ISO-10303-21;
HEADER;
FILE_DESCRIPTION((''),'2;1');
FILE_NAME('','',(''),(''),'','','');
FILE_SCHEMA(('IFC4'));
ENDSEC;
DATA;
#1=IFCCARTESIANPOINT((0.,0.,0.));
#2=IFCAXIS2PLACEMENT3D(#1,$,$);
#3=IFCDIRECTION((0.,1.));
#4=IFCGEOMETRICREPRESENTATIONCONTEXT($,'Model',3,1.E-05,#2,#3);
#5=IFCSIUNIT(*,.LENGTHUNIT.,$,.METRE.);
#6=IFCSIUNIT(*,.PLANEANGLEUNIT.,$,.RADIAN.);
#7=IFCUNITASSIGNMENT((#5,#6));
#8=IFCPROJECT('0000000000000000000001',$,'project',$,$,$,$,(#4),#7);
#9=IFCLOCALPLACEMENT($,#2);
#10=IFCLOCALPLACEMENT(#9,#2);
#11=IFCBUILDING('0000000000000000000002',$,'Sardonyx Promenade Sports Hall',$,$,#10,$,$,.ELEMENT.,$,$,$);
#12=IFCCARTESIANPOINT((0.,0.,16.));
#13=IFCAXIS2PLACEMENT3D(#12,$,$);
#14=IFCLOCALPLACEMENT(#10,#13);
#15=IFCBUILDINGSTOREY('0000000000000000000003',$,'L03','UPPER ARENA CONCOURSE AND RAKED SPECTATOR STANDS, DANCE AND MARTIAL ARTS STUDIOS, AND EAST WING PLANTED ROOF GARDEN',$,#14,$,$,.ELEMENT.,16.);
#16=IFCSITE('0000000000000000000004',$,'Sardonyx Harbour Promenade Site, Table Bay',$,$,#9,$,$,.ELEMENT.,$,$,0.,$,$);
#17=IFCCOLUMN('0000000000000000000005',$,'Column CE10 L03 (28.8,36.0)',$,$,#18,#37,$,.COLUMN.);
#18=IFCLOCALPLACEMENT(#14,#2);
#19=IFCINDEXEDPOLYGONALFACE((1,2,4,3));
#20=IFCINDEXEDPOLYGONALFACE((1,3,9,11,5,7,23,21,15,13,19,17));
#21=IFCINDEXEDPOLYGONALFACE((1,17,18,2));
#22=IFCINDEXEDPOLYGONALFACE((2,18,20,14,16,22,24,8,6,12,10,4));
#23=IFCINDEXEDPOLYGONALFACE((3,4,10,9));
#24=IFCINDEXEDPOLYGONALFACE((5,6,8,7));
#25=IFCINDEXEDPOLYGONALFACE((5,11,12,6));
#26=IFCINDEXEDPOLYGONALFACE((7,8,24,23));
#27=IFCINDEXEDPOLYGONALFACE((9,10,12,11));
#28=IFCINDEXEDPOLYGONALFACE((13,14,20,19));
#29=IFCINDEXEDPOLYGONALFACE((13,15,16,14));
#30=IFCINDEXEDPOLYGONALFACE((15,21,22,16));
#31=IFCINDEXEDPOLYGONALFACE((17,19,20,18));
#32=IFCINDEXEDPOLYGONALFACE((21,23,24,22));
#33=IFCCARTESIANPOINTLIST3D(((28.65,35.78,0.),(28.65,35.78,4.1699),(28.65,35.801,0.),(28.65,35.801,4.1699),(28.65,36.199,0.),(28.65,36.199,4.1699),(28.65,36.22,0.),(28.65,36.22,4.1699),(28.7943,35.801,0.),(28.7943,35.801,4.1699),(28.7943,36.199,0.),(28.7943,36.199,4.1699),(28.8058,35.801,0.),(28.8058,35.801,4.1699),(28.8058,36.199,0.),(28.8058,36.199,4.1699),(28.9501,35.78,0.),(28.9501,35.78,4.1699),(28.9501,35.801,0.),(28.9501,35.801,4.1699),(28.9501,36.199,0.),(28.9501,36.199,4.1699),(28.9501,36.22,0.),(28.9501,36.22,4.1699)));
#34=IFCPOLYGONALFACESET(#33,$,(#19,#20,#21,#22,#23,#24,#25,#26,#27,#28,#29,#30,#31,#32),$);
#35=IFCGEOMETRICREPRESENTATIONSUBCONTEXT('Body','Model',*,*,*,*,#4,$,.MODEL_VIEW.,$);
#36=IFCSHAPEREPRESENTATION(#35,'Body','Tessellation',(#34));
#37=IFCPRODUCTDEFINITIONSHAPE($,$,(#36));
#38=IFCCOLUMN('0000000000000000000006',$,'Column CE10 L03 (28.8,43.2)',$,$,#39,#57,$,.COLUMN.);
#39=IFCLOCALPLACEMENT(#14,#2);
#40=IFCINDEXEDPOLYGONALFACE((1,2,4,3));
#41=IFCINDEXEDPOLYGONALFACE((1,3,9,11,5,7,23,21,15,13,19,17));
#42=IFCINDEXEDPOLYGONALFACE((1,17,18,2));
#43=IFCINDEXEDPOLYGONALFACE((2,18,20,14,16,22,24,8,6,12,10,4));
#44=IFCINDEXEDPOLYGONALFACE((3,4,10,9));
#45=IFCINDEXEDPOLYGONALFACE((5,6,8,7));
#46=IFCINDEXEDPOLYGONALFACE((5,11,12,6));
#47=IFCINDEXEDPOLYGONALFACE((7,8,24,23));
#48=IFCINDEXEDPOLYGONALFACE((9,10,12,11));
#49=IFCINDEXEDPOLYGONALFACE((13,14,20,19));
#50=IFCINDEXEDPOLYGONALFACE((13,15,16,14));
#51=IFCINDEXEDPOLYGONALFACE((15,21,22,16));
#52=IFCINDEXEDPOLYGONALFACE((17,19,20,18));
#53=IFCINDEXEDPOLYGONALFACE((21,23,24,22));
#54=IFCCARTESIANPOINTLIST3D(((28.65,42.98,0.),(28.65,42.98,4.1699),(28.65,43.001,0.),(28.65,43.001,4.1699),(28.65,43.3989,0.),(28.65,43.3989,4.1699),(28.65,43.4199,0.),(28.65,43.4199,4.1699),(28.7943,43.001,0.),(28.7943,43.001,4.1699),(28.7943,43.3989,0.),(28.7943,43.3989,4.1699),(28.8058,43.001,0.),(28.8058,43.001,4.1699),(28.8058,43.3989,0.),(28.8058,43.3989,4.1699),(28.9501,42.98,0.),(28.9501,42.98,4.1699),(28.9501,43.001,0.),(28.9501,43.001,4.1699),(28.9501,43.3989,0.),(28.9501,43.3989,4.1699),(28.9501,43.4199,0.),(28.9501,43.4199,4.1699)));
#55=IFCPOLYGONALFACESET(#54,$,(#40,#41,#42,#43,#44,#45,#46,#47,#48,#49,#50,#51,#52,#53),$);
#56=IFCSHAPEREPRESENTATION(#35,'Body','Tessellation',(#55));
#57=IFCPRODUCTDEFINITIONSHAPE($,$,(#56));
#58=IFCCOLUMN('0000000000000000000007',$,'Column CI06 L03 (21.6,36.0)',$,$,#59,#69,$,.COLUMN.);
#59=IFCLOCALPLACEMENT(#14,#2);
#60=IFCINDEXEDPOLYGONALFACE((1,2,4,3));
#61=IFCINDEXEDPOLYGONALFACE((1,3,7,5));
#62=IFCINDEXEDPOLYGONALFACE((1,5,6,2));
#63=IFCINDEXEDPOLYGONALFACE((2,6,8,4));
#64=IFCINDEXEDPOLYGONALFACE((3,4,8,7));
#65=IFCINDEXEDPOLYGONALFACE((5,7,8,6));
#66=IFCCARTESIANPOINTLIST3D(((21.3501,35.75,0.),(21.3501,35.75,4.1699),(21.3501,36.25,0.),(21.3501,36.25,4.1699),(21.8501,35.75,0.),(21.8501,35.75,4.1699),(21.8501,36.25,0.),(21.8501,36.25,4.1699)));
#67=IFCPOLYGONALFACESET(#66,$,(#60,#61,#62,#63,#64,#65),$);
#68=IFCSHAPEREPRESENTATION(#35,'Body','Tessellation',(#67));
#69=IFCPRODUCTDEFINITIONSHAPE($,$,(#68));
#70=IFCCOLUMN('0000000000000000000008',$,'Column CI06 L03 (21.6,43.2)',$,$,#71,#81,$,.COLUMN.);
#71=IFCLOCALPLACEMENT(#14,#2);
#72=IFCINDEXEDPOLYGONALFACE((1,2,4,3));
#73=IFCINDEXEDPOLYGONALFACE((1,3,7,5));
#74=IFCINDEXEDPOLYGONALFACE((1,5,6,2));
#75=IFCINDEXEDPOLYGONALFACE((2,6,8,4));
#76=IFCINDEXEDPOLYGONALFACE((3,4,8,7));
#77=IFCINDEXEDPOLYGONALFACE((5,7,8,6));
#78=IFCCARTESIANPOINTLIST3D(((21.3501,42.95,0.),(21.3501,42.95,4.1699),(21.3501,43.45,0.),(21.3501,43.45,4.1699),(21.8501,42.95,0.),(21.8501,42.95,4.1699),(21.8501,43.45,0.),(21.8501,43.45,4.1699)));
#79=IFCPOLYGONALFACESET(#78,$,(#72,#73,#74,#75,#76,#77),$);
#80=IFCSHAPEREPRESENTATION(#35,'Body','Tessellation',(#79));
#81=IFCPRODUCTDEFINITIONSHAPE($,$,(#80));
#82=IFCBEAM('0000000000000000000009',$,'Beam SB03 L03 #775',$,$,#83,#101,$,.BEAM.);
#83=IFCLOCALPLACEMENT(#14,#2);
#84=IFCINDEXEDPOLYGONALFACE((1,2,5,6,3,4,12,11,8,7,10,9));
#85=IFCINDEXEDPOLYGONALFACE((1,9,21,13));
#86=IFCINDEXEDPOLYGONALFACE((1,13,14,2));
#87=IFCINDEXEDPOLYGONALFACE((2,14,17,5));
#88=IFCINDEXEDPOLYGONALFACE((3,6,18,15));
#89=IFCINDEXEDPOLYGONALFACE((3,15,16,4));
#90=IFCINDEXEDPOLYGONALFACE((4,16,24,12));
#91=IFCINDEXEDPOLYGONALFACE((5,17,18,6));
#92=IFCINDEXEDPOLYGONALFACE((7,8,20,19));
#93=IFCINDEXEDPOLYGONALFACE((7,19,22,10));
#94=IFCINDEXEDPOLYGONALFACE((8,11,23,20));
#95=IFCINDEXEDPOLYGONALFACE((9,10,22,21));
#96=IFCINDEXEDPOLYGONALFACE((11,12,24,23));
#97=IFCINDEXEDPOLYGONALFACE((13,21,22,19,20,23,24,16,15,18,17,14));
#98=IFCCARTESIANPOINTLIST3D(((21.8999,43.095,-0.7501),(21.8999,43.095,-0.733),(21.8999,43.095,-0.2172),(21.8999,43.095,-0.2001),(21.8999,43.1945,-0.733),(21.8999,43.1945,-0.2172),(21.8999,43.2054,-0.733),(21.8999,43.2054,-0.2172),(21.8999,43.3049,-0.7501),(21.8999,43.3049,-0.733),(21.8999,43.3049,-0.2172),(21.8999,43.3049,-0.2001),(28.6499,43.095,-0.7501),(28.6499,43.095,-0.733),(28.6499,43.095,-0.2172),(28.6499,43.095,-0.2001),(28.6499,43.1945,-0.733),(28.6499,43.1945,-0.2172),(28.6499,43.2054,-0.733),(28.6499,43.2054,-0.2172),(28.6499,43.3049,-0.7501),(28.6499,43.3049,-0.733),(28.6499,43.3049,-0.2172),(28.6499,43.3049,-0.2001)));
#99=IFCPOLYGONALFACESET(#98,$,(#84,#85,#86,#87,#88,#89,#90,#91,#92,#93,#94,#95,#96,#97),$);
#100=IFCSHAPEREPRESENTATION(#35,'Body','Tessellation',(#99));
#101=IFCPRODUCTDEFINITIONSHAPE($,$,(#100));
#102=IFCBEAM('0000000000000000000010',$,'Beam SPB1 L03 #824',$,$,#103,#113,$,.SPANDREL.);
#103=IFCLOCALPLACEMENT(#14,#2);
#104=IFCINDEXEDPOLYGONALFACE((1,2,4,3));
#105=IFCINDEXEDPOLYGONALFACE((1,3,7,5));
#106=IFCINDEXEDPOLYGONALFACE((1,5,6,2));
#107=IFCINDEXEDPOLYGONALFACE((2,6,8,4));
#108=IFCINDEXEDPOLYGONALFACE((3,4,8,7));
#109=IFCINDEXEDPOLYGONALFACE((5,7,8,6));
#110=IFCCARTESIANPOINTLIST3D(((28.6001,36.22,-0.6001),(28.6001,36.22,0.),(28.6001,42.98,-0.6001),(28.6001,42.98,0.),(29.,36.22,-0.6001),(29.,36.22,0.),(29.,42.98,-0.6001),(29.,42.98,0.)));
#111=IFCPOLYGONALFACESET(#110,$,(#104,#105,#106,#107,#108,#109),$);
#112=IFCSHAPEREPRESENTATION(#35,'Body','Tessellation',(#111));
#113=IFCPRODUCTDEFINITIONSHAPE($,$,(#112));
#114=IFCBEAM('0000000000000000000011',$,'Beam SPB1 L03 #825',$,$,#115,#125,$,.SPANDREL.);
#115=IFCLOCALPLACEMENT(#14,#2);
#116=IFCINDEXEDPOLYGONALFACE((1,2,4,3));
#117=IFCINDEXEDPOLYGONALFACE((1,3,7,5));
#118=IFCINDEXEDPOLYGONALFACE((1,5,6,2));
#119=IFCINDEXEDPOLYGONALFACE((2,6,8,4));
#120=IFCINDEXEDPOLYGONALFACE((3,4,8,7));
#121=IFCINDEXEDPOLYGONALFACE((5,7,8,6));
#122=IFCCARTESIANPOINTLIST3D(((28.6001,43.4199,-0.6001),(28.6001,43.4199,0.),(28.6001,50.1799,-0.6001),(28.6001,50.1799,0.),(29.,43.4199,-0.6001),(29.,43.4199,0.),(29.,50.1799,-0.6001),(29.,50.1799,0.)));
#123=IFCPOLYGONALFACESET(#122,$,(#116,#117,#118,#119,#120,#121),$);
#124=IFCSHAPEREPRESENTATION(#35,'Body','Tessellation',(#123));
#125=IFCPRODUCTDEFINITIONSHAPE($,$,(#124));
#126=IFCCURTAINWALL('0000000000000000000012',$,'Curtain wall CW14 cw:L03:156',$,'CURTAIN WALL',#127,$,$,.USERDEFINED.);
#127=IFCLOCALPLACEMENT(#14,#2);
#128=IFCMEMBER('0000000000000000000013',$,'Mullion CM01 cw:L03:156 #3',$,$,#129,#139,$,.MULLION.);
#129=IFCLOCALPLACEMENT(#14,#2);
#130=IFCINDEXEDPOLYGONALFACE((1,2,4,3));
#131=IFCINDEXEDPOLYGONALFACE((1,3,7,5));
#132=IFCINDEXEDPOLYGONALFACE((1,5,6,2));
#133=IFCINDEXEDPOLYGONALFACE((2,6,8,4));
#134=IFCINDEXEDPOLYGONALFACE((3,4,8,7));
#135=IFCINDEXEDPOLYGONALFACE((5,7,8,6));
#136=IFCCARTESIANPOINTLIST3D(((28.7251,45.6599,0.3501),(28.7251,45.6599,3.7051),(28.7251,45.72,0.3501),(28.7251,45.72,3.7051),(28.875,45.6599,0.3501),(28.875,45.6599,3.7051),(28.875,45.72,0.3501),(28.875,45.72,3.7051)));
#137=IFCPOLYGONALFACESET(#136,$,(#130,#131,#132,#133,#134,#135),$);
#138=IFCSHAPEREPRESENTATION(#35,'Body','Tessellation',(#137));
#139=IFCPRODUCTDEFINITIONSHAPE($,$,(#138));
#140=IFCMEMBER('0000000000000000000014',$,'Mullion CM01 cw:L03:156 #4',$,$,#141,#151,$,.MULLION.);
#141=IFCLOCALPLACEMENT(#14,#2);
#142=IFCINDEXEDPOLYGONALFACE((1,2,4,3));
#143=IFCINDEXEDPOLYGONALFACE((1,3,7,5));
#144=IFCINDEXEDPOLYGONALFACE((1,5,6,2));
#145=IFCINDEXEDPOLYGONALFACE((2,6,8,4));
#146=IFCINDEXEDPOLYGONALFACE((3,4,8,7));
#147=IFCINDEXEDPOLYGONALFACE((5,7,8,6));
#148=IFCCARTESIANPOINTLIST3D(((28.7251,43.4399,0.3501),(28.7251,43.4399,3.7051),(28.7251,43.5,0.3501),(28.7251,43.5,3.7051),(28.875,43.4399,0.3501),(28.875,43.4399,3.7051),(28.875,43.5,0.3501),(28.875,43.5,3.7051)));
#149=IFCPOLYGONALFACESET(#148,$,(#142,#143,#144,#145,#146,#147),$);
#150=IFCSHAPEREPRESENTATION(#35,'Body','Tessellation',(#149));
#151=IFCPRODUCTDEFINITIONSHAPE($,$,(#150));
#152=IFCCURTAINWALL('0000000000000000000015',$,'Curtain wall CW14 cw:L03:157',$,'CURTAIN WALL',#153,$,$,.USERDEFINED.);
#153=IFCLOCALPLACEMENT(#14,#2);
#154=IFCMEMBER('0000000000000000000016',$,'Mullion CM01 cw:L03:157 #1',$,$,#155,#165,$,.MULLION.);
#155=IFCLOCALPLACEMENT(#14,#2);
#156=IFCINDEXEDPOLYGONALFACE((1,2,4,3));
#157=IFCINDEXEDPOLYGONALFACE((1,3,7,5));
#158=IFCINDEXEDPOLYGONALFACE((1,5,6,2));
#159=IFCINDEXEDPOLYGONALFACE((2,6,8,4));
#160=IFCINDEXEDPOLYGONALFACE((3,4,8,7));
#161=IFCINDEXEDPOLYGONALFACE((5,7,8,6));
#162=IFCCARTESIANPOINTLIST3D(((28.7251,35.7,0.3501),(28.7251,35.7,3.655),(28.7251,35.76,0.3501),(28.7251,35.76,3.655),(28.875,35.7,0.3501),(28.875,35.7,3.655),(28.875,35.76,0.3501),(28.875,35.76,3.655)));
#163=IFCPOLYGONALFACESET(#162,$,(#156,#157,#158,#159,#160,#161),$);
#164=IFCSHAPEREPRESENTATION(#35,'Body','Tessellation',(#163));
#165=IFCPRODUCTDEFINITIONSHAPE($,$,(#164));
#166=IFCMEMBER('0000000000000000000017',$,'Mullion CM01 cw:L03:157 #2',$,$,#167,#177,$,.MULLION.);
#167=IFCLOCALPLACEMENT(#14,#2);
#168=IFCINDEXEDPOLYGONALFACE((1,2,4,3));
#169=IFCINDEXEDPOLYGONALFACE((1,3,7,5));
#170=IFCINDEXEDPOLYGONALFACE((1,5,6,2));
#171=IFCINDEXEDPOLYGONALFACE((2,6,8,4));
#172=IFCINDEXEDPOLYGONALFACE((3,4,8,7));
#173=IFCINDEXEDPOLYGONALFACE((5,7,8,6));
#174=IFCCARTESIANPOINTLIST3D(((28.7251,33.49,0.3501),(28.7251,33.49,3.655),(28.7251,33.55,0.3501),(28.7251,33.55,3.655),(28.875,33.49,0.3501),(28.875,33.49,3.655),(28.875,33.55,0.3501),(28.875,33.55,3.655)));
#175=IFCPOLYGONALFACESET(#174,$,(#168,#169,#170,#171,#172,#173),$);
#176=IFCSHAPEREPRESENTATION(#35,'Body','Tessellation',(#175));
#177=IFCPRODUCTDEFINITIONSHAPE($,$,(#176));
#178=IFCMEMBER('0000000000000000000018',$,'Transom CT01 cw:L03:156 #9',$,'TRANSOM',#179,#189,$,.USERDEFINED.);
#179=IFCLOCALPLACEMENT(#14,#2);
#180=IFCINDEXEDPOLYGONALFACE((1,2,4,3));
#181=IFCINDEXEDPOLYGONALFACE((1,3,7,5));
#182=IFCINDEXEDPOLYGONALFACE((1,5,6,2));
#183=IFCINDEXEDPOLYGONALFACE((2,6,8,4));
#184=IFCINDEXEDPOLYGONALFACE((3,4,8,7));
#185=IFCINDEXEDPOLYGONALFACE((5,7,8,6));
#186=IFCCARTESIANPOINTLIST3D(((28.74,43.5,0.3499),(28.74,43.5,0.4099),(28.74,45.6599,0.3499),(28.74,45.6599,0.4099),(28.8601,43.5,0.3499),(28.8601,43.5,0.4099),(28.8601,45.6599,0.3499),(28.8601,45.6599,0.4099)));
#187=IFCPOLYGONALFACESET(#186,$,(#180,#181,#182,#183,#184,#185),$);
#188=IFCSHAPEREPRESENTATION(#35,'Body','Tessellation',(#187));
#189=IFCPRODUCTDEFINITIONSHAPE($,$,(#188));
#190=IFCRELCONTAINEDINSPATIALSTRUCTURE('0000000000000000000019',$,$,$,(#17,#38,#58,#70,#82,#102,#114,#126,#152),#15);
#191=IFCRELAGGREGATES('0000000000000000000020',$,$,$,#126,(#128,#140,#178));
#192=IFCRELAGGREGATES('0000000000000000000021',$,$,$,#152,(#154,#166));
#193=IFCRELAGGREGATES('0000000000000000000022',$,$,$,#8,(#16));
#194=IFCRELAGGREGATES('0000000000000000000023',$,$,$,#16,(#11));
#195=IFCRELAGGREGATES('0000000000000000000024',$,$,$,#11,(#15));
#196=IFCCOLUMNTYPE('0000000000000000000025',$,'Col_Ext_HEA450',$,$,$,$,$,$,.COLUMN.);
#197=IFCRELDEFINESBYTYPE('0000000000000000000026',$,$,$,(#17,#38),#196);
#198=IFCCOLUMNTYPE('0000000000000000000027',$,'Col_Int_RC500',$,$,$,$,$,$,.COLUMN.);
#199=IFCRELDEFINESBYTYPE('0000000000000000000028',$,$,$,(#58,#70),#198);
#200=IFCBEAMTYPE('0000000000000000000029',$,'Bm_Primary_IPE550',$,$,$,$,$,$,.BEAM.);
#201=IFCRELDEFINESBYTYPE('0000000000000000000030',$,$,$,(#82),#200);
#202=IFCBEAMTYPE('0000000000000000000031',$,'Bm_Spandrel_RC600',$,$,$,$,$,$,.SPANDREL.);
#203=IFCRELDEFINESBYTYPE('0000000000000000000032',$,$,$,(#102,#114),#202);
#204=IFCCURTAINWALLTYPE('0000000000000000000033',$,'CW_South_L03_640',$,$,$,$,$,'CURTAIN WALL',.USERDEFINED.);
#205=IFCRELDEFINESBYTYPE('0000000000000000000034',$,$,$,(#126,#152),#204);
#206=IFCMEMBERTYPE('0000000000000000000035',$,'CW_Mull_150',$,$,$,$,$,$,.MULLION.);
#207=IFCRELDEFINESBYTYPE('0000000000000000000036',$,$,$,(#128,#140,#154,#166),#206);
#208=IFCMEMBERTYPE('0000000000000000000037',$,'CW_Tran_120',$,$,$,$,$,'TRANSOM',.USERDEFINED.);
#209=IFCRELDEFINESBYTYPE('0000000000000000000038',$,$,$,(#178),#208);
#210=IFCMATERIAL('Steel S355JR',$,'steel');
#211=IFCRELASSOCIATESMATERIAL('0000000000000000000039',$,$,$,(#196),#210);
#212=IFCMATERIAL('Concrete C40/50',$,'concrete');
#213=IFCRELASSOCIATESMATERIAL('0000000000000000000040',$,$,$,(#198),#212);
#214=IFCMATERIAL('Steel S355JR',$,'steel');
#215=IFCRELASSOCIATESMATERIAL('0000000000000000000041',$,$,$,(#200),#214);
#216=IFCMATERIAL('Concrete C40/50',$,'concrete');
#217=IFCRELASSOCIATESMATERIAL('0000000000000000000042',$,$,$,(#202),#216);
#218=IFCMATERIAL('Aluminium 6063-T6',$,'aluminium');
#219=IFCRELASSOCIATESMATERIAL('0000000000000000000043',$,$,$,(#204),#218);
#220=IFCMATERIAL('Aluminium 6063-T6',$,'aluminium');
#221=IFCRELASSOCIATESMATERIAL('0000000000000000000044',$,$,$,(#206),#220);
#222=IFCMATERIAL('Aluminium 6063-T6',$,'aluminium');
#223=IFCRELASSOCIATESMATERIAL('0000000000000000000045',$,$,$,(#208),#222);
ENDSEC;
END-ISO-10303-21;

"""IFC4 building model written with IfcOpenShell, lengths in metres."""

from ifc_helpers import new_model, si_unit, direction, frame, origin, origin_2d, place, context, subcontext, project, spatial, rectangle, i_section, extrude, material, material_profile, profile_set, type_object, element, aggregate, save


model = new_model("IFC4")

# Units and contexts
model_context = context("Model", 3, precision=1e-05, world=origin(), true_north=direction((0.0, 1.0)))
body_context = subcontext(model_context, "Body", "Model", "MODEL_VIEW")
ifc_project = project(units=[si_unit("LENGTHUNIT", "METRE"), si_unit("PLANEANGLEUNIT", "RADIAN")], contexts=[model_context])

# Site, building, storey
site_placement = place(None, origin())
site = spatial("IfcSite", under=ifc_project, at=site_placement, Name="Sardonyx Harbour Promenade Site, Table Bay", CompositionType="ELEMENT", RefElevation=0.0)
building_placement = place(site_placement, origin())
building = spatial("IfcBuilding", under=site, at=building_placement, Name="Sardonyx Promenade Sports Hall", CompositionType="ELEMENT")
storey_placement = place(building_placement, frame((0.0, 0.0, 16.0)))
storey = spatial("IfcBuildingStorey", under=building, at=storey_placement, Name="L03", Description="UPPER ARENA CONCOURSE AND RAKED SPECTATOR STANDS, DANCE AND MARTIAL ARTS STUDIOS, AND EAST WING PLANTED ROOF GARDEN", CompositionType="ELEMENT", Elevation=16.0)

# Columns
ifc_material_1 = material(Name="Steel S355JR", Category="steel")
ifc_material_profile_1 = material_profile(ifc_material_1, i_section(OverallWidth=0.3, OverallDepth=0.4399, WebThickness=0.0115, FlangeThickness=0.021, at=origin_2d()))
ifc_profile_set_1 = profile_set([ifc_material_profile_1], Name="Steel S355JR")
column_type_1 = type_object("IfcColumnType", Name="Col_Ext_HEA450", PredefinedType="COLUMN", material=ifc_profile_set_1)
for number, where, z_axis, x_axis, name in (
    (1, (28.8, 36.0, 0.0), (0.0, 0.0, 1.0), (1.0, 0.0, 0.0), "Column CE10 L03 (28.8,36.0)"),
    (2, (28.8, 43.2, 0.0), (0.0, 0.0, 1.0), (1.0, 0.0, 0.0), "Column CE10 L03 (28.8,43.2)"),
):
    element("IfcColumn", number, at=place(storey_placement, frame(where, z_axis=z_axis, x_axis=x_axis)), inside=storey, type_object=column_type_1, Name=name, PredefinedType="COLUMN", context=body_context, shape_type="SweptSolid", body=[
        extrude(i_section(OverallWidth=0.3, OverallDepth=0.4399, WebThickness=0.0115, FlangeThickness=0.021, at=origin_2d()), origin(), (0.0, 0.0, 1.0), 4.1699),
    ])
ifc_material_2 = material(Name="Concrete C40/50", Category="concrete")
ifc_material_profile_2 = material_profile(ifc_material_2, rectangle(XDim=0.5, YDim=0.5, at=origin_2d()))
ifc_profile_set_2 = profile_set([ifc_material_profile_2], Name="Concrete C40/50")
column_type_2 = type_object("IfcColumnType", Name="Col_Int_RC500", PredefinedType="COLUMN", material=ifc_profile_set_2)
for number, where, z_axis, x_axis, name in (
    (3, (21.6001, 36.0, 0.0), (0.0, 0.0, 1.0), (1.0, 0.0, 0.0), "Column CI06 L03 (21.6,36.0)"),
    (4, (21.6001, 43.2, 0.0), (0.0, 0.0, 1.0), (1.0, 0.0, 0.0), "Column CI06 L03 (21.6,43.2)"),
):
    element("IfcColumn", number, at=place(storey_placement, frame(where, z_axis=z_axis, x_axis=x_axis)), inside=storey, type_object=column_type_2, Name=name, PredefinedType="COLUMN", context=body_context, shape_type="SweptSolid", body=[
        extrude(rectangle(XDim=0.5, YDim=0.5, at=origin_2d()), origin(), (0.0, 0.0, 1.0), 4.1699),
    ])

# Beams
ifc_material_3 = material(Name="Steel S355JR", Category="steel")
ifc_material_profile_3 = material_profile(ifc_material_3, i_section(OverallWidth=0.21, OverallDepth=0.55, WebThickness=0.011, FlangeThickness=0.0171, at=origin_2d()))
ifc_profile_set_3 = profile_set([ifc_material_profile_3], Name="Steel S355JR")
beam_type_1 = type_object("IfcBeamType", Name="Bm_Primary_IPE550", PredefinedType="BEAM", material=ifc_profile_set_3)
beam_placement = place(storey_placement, frame((21.8999, 43.2, -0.4751), z_axis=(1.0, 0.0, 0.0), x_axis=(0.0, 1.0, 0.0)))
element("IfcBeam", 5, at=beam_placement, inside=storey, type_object=beam_type_1, Name="Beam SB03 L03 #775", PredefinedType="BEAM", context=body_context, shape_type="SweptSolid", body=[
    extrude(i_section(OverallWidth=0.21, OverallDepth=0.55, WebThickness=0.011, FlangeThickness=0.0171, at=origin_2d()), origin(), (0.0, 0.0, 1.0), 6.75),
])
ifc_material_4 = material(Name="Concrete C40/50", Category="concrete")
ifc_material_profile_4 = material_profile(ifc_material_4, rectangle(XDim=0.3999, YDim=0.6001, at=origin_2d()))
ifc_profile_set_4 = profile_set([ifc_material_profile_4], Name="Concrete C40/50")
beam_type_2 = type_object("IfcBeamType", Name="Bm_Spandrel_RC600", PredefinedType="SPANDREL", material=ifc_profile_set_4)
for number, where, z_axis, x_axis, name in (
    (6, (28.8, 36.22, -0.3), (0.0, 1.0, 0.0), (-1.0, 0.0, 0.0), "Beam SPB1 L03 #824"),
    (7, (28.8, 43.4199, -0.3), (0.0, 1.0, 0.0), (-1.0, 0.0, 0.0), "Beam SPB1 L03 #825"),
):
    element("IfcBeam", number, at=place(storey_placement, frame(where, z_axis=z_axis, x_axis=x_axis)), inside=storey, type_object=beam_type_2, Name=name, PredefinedType="SPANDREL", context=body_context, shape_type="SweptSolid", body=[
        extrude(rectangle(XDim=0.3999, YDim=0.6001, at=origin_2d()), origin(), (0.0, 0.0, 1.0), 6.76),
    ])

# Curtain walls, members
ifc_material_5 = material(Name="Aluminium 6063-T6", Category="aluminium")
curtain_wall_type = type_object("IfcCurtainWallType", Name="CW_South_L03_640", ElementType="CURTAIN WALL", PredefinedType="USERDEFINED", material=ifc_material_5)
curtain_wall_1_placement = place(storey_placement, origin())
curtain_wall_1 = element("IfcCurtainWall", 8, at=curtain_wall_1_placement, inside=storey, type_object=curtain_wall_type, Name="Curtain wall CW14 cw:L03:156", ObjectType="CURTAIN WALL", PredefinedType="USERDEFINED")
ifc_material_6 = material(Name="Aluminium 6063-T6", Category="aluminium")
ifc_material_profile_5 = material_profile(ifc_material_6, rectangle(XDim=0.0601, YDim=0.1499, at=origin_2d()))
ifc_profile_set_5 = profile_set([ifc_material_profile_5], Name="Aluminium 6063-T6")
member_type_1 = type_object("IfcMemberType", Name="CW_Mull_150", PredefinedType="MULLION", material=ifc_profile_set_5)
member_1_placement = place(storey_placement, frame((28.8, 45.6899, 0.3501), z_axis=(0.0, 0.0, 1.0), x_axis=(0.0, -1.0, 0.0)))
member_1 = element("IfcMember", 9, at=member_1_placement, type_object=member_type_1, Name="Mullion CM01 cw:L03:156 #3", PredefinedType="MULLION", context=body_context, shape_type="SweptSolid", body=[
    extrude(rectangle(XDim=0.0601, YDim=0.1499, at=origin_2d()), origin(), (0.0, 0.0, 1.0), 3.355),
])
member_2_placement = place(storey_placement, frame((28.8, 43.47, 0.3501), z_axis=(0.0, 0.0, 1.0), x_axis=(0.0, -1.0, 0.0)))
member_2 = element("IfcMember", 10, at=member_2_placement, type_object=member_type_1, Name="Mullion CM01 cw:L03:156 #4", PredefinedType="MULLION", context=body_context, shape_type="SweptSolid", body=[
    extrude(rectangle(XDim=0.0601, YDim=0.1499, at=origin_2d()), origin(), (0.0, 0.0, 1.0), 3.355),
])
curtain_wall_2_placement = place(storey_placement, origin())
curtain_wall_2 = element("IfcCurtainWall", 11, at=curtain_wall_2_placement, inside=storey, type_object=curtain_wall_type, Name="Curtain wall CW14 cw:L03:157", ObjectType="CURTAIN WALL", PredefinedType="USERDEFINED")
member_3_placement = place(storey_placement, frame((28.8, 35.73, 0.3501), z_axis=(0.0, 0.0, 1.0), x_axis=(0.0, -1.0, 0.0)))
member_3 = element("IfcMember", 12, at=member_3_placement, type_object=member_type_1, Name="Mullion CM01 cw:L03:157 #1", PredefinedType="MULLION", context=body_context, shape_type="SweptSolid", body=[
    extrude(rectangle(XDim=0.0601, YDim=0.1499, at=origin_2d()), origin(), (0.0, 0.0, 1.0), 3.3049),
])
member_4_placement = place(storey_placement, frame((28.8, 33.52, 0.3501), z_axis=(0.0, 0.0, 1.0), x_axis=(0.0, -1.0, 0.0)))
member_4 = element("IfcMember", 13, at=member_4_placement, type_object=member_type_1, Name="Mullion CM01 cw:L03:157 #2", PredefinedType="MULLION", context=body_context, shape_type="SweptSolid", body=[
    extrude(rectangle(XDim=0.0601, YDim=0.1499, at=origin_2d()), origin(), (0.0, 0.0, 1.0), 3.3049),
])

# Member
ifc_material_7 = material(Name="Aluminium 6063-T6", Category="aluminium")
ifc_material_profile_6 = material_profile(ifc_material_7, rectangle(XDim=0.0601, YDim=0.1201, at=origin_2d()))
ifc_profile_set_6 = profile_set([ifc_material_profile_6], Name="Aluminium 6063-T6")
member_type_2 = type_object("IfcMemberType", Name="CW_Tran_120", ElementType="TRANSOM", PredefinedType="USERDEFINED", material=ifc_profile_set_6)
member_5_placement = place(storey_placement, frame((28.8, 45.6599, 0.3799), z_axis=(0.0, -1.0, 0.0), x_axis=(0.0, 0.0, 1.0)))
member_5 = element("IfcMember", 14, at=member_5_placement, type_object=member_type_2, Name="Transom CT01 cw:L03:156 #9", ObjectType="TRANSOM", PredefinedType="USERDEFINED", context=body_context, shape_type="SweptSolid", body=[
    extrude(rectangle(XDim=0.0601, YDim=0.1201, at=origin_2d()), origin(), (0.0, 0.0, 1.0), 2.1599),
])

aggregate(curtain_wall_1, [member_1, member_2, member_5])
aggregate(curtain_wall_2, [member_3, member_4])

save(model, "model.ifc")
